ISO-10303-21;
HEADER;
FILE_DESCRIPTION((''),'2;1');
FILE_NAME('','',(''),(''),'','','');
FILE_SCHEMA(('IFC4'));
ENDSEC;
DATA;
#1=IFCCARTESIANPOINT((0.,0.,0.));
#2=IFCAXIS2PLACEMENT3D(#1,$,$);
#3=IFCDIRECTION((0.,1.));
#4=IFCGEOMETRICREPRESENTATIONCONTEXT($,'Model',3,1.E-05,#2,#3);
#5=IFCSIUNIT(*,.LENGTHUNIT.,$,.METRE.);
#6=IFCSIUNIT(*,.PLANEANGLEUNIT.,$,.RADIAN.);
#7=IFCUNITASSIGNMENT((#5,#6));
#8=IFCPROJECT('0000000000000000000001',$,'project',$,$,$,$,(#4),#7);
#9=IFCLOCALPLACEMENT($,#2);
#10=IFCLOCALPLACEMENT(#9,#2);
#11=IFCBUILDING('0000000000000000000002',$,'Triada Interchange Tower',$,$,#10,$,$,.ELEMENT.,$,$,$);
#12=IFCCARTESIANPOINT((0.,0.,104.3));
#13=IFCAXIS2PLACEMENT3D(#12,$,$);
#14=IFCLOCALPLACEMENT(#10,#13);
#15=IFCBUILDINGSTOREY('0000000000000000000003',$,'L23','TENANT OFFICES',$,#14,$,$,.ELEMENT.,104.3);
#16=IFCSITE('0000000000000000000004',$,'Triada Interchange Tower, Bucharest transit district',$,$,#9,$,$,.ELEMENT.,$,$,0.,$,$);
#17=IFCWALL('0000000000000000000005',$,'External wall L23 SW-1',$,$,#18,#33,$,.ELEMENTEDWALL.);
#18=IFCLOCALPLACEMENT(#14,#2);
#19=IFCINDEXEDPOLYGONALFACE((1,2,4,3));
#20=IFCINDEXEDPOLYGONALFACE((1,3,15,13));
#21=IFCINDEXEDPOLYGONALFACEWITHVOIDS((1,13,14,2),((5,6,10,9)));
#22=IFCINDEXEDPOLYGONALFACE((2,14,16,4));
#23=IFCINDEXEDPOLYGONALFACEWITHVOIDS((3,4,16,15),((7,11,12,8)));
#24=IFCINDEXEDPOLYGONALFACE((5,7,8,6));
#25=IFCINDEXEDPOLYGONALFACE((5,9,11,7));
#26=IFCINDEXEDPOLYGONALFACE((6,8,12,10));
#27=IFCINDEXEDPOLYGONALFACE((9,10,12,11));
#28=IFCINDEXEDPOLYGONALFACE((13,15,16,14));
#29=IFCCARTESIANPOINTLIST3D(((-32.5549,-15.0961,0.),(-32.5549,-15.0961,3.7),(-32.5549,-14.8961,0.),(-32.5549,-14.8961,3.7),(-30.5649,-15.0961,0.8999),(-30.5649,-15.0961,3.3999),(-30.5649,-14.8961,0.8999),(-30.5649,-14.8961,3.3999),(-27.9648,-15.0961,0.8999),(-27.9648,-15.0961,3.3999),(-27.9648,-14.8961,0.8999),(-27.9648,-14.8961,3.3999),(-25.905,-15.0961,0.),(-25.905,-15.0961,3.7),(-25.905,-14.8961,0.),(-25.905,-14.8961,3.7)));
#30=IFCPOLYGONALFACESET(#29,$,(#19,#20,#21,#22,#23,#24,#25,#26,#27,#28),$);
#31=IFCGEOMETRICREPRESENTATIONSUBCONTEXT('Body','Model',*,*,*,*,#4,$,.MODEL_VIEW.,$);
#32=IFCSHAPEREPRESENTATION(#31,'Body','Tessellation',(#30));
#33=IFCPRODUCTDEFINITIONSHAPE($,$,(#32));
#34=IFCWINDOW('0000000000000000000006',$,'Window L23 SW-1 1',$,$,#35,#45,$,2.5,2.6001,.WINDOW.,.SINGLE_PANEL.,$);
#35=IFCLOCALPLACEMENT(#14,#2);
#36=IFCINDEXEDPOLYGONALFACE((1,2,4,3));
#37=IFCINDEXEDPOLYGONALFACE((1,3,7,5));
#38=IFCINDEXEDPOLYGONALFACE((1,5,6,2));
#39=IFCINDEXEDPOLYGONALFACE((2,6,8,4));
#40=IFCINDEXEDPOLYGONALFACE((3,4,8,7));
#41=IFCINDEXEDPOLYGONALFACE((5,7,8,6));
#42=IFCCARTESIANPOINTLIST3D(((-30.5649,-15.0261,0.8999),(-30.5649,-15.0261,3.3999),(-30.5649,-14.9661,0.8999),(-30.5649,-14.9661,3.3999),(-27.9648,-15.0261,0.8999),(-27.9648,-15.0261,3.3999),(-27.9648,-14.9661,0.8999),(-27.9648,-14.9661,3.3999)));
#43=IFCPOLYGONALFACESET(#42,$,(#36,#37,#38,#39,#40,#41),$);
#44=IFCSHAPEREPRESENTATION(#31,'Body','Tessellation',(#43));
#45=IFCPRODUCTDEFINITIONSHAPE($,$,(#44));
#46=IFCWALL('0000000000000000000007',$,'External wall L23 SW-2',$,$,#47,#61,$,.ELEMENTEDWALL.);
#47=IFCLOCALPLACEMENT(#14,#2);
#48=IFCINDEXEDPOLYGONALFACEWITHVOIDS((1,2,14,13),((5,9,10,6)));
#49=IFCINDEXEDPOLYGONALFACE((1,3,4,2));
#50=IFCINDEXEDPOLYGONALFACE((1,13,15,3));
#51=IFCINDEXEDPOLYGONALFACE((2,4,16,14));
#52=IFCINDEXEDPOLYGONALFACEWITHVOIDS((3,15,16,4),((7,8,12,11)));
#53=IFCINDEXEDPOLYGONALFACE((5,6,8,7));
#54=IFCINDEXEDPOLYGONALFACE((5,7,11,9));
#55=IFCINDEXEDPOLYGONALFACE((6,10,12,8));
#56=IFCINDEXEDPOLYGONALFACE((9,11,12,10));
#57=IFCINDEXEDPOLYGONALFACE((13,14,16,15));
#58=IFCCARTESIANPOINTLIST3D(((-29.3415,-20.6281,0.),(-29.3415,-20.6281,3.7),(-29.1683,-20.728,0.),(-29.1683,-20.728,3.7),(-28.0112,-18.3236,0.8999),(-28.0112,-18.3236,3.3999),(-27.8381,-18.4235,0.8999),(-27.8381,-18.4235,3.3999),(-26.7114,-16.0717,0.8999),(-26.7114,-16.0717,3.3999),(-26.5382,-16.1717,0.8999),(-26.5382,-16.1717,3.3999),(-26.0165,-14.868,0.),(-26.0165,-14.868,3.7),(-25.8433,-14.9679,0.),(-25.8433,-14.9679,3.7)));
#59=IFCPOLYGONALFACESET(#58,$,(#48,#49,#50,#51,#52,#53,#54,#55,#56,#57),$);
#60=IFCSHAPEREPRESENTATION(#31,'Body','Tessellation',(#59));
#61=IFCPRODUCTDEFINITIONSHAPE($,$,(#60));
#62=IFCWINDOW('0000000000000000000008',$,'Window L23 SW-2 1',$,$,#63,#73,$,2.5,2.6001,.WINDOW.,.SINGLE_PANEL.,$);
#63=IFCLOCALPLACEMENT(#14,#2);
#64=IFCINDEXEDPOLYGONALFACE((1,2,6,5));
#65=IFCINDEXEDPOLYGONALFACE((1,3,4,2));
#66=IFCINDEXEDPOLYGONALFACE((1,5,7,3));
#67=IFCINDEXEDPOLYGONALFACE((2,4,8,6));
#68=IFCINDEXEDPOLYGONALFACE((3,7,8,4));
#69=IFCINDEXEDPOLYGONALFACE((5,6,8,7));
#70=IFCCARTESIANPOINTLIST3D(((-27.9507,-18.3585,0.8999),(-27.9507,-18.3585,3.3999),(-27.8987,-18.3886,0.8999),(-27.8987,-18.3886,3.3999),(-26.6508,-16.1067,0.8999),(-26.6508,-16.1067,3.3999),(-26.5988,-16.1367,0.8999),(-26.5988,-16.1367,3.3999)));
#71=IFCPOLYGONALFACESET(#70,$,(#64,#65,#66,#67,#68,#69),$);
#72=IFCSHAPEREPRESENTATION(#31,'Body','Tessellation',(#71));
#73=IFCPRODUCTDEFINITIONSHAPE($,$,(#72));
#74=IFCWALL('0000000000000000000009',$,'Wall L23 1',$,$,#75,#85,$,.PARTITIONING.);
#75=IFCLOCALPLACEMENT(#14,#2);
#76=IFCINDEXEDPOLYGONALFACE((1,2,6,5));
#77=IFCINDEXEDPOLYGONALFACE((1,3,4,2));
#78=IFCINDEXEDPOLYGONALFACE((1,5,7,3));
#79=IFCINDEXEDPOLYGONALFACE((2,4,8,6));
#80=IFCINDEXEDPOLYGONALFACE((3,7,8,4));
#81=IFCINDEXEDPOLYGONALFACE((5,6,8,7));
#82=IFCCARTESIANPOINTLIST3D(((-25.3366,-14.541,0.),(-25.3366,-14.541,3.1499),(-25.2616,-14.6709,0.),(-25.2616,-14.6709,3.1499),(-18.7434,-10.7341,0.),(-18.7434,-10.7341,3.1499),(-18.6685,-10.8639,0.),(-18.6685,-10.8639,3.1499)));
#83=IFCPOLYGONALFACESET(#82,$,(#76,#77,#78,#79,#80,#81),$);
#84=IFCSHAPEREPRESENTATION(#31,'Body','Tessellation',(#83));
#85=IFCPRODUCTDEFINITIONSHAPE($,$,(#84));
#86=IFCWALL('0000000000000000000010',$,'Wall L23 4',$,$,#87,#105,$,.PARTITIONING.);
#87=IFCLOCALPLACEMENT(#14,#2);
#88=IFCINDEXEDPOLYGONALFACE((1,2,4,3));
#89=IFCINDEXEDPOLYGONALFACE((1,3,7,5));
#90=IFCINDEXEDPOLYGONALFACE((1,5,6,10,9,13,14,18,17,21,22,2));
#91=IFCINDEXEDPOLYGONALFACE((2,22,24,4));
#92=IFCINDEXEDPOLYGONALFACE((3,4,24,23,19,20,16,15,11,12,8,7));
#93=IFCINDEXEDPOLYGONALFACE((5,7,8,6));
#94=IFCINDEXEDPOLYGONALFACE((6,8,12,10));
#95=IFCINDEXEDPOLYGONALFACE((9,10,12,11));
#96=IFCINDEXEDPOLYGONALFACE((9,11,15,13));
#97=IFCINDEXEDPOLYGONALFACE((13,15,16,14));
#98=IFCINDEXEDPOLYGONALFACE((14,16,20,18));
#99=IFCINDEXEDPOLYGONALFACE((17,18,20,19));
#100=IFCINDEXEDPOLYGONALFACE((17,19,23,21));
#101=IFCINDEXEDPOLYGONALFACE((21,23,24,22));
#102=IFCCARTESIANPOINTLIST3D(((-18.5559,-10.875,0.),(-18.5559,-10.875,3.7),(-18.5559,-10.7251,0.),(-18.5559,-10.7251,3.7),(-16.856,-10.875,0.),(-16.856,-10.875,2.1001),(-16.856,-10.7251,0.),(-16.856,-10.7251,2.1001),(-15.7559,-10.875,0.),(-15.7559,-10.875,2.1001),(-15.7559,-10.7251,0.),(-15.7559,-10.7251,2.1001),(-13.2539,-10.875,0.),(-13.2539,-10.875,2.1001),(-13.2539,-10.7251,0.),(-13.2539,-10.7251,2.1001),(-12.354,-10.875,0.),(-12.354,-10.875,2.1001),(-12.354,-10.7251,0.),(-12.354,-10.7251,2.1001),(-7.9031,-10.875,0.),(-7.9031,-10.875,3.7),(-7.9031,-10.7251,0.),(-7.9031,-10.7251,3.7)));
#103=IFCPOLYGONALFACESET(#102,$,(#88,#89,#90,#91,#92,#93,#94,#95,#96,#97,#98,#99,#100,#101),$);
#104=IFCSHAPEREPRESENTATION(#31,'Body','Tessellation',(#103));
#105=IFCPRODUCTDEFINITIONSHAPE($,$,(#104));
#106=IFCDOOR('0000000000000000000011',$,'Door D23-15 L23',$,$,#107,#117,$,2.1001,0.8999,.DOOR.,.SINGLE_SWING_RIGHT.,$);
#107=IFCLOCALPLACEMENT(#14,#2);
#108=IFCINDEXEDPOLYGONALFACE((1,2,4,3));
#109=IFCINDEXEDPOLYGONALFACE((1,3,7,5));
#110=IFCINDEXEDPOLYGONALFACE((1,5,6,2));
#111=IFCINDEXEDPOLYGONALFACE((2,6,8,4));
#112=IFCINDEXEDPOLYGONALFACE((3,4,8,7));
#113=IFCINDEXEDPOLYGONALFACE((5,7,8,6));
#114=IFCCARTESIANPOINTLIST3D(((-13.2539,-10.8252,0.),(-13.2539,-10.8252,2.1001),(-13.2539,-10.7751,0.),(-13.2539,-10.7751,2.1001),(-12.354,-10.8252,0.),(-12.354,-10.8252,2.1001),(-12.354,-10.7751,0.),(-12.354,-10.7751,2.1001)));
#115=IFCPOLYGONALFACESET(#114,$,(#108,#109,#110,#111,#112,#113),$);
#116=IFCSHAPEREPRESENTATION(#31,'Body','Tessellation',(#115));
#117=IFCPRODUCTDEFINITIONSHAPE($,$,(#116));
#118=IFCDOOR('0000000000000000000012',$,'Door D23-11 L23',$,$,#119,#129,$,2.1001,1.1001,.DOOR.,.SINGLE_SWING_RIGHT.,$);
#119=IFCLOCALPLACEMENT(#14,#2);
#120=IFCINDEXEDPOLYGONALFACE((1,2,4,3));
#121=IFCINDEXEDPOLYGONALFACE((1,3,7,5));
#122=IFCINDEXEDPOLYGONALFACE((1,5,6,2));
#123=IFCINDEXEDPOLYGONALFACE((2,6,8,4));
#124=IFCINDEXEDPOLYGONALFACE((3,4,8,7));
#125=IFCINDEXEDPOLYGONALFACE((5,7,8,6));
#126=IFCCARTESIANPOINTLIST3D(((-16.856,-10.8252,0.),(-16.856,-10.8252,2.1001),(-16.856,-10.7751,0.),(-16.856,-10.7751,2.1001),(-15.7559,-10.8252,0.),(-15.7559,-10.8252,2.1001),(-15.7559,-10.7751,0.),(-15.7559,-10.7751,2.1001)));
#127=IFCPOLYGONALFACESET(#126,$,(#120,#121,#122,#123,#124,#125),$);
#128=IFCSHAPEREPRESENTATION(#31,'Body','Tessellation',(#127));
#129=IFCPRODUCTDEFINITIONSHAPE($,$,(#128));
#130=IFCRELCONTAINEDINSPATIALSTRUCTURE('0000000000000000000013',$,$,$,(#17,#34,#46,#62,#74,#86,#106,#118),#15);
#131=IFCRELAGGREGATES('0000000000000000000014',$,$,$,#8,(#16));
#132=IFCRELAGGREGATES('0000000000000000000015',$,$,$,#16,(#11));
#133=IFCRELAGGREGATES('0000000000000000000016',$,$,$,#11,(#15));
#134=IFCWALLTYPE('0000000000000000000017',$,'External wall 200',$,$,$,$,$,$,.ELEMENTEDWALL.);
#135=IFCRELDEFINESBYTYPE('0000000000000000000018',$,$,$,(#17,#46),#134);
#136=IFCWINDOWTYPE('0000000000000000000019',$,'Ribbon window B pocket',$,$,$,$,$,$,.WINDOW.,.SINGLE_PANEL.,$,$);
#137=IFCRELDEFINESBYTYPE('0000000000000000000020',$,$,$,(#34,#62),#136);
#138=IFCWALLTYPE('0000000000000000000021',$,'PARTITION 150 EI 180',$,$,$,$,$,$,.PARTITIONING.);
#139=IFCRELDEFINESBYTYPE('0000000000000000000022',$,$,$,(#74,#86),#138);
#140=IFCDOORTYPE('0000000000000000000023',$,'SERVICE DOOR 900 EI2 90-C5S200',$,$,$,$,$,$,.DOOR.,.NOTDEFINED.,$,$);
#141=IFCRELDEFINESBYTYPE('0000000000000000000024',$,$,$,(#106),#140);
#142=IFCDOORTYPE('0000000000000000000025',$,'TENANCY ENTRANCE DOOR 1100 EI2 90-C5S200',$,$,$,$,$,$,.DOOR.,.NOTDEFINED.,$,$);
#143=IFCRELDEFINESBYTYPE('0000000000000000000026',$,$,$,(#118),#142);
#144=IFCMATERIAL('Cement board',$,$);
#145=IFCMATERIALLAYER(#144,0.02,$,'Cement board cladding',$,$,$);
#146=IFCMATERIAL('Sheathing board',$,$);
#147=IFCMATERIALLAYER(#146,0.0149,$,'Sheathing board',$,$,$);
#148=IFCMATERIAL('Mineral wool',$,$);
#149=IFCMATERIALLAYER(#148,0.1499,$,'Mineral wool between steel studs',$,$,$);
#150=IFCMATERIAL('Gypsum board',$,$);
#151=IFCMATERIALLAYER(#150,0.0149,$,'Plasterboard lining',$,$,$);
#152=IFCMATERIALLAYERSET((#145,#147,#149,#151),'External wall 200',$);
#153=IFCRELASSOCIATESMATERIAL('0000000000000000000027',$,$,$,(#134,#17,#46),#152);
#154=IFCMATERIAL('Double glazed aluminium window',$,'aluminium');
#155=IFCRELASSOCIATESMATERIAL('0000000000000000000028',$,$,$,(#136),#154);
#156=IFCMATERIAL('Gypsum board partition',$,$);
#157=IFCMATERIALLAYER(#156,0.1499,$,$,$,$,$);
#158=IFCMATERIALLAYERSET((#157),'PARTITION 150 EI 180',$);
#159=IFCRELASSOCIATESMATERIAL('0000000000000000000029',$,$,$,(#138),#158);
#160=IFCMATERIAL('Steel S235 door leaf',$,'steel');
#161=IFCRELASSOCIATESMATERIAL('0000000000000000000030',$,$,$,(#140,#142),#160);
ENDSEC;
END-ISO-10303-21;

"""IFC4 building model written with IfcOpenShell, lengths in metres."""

from ifc_helpers import new_model, si_unit, direction, frame, frame_2d, origin, place, context, subcontext, project, spatial, rectangle, extrude, material, layer, layer_set, layer_usage, type_object, element, fill, save


model = new_model("IFC4")

# Units and contexts
model_context = context("Model", 3, precision=1e-05, world=origin(), true_north=direction((0.0, 1.0)))
body_context = subcontext(model_context, "Body", "Model", "MODEL_VIEW")
ifc_project = project(units=[si_unit("LENGTHUNIT", "METRE"), si_unit("PLANEANGLEUNIT", "RADIAN")], contexts=[model_context])

# Site, building, storey
site_placement = place(None, origin())
site = spatial("IfcSite", under=ifc_project, at=site_placement, Name="Triada Interchange Tower, Bucharest transit district", CompositionType="ELEMENT", RefElevation=0.0)
building_placement = place(site_placement, origin())
building = spatial("IfcBuilding", under=site, at=building_placement, Name="Triada Interchange Tower", CompositionType="ELEMENT")
storey_placement = place(building_placement, frame((0.0, 0.0, 104.3)))
storey = spatial("IfcBuildingStorey", under=building, at=storey_placement, Name="L23", Description="TENANT OFFICES", CompositionType="ELEMENT", Elevation=104.3)

# Walls, openings, windows
ifc_material_1 = material(Name="Cement board")
ifc_layer_1 = layer(ifc_material_1, 0.02, Name="Cement board cladding")
ifc_material_2 = material(Name="Sheathing board")
ifc_layer_2 = layer(ifc_material_2, 0.0149, Name="Sheathing board")
ifc_material_3 = material(Name="Mineral wool")
ifc_layer_3 = layer(ifc_material_3, 0.1499, Name="Mineral wool between steel studs")
ifc_material_4 = material(Name="Gypsum board")
ifc_layer_4 = layer(ifc_material_4, 0.0149, Name="Plasterboard lining")
ifc_layer_set_1 = layer_set([ifc_layer_1, ifc_layer_2, ifc_layer_3, ifc_layer_4], Name="External wall 200")
ifc_layer_usage = layer_usage(ifc_layer_set_1, "AXIS2", "POSITIVE", -0.1001)
wall_type_1 = type_object("IfcWallType", Name="External wall 200", PredefinedType="ELEMENTEDWALL", material=ifc_layer_set_1)
wall_1_placement = place(storey_placement, frame((-32.5549, -14.9961, 0.0), z_axis=(0.0, 0.0, 1.0), x_axis=(1.0, 0.0, 0.0)))
wall_1 = element("IfcWall", 1, at=wall_1_placement, inside=storey, type_object=wall_type_1, material=ifc_layer_usage, Name="External wall L23 SW-1", PredefinedType="ELEMENTEDWALL", context=body_context, shape_type="SweptSolid", body=[
    extrude(rectangle(XDim=6.6499, YDim=0.2, at=frame_2d((3.325, 0.0))), origin(), (0.0, 0.0, 1.0), 3.7),
])
opening_1_placement = place(wall_1_placement, frame((1.99, 0.0, 0.8999)))
opening_1 = element("IfcOpeningElement", 2, at=opening_1_placement, cuts=wall_1, PredefinedType="OPENING", context=body_context, shape_type="SweptSolid", body=[
    extrude(rectangle(XDim=2.6001, YDim=2.5, at=frame_2d((1.3, 1.25))), frame((0.0, 0.1099, 0.0), z_axis=(0.0, -1.0, 0.0), x_axis=(1.0, 0.0, 0.0)), (0.0, 0.0, 1.0), 0.22),
])
ifc_material_5 = material(Name="Double glazed aluminium window", Category="aluminium")
window_type = type_object("IfcWindowType", Name="Ribbon window B pocket", PartitioningType="SINGLE_PANEL", PredefinedType="WINDOW", material=ifc_material_5)
window_1_placement = place(opening_1_placement, origin())
window_1 = element("IfcWindow", 3, at=window_1_placement, inside=storey, type_object=window_type, Name="Window L23 SW-1 1", OverallHeight=2.5, OverallWidth=2.6001, PartitioningType="SINGLE_PANEL", PredefinedType="WINDOW", context=body_context, shape_type="SweptSolid", body=[
    extrude(rectangle(XDim=2.6001, YDim=2.5, at=frame_2d((1.3, 1.25))), frame((0.0, 0.03, 0.0), z_axis=(0.0, -1.0, 0.0), x_axis=(1.0, 0.0, 0.0)), (0.0, 0.0, 1.0), 0.0601),
])
fill(opening_1, window_1)
wall_2_placement = place(storey_placement, frame((-25.9299, -14.918, 0.0), z_axis=(0.0, 0.0, 1.0), x_axis=(-0.499933, -0.866064, 0.0)))
wall_2 = element("IfcWall", 4, at=wall_2_placement, inside=storey, type_object=wall_type_1, material=ifc_layer_usage, Name="External wall L23 SW-2", PredefinedType="ELEMENTEDWALL", context=body_context, shape_type="SweptSolid", body=[
    extrude(rectangle(XDim=6.6509, YDim=0.2, at=frame_2d((3.3254, 0.0))), origin(), (0.0, 0.0, 1.0), 3.7),
])
opening_2_placement = place(wall_2_placement, frame((1.3899, 0.0, 0.8999)))
opening_2 = element("IfcOpeningElement", 5, at=opening_2_placement, cuts=wall_2, PredefinedType="OPENING", context=body_context, shape_type="SweptSolid", body=[
    extrude(rectangle(XDim=2.6001, YDim=2.5, at=frame_2d((1.3, 1.25))), frame((0.0, 0.1099, 0.0), z_axis=(0.0, -1.0, 0.0), x_axis=(1.0, 0.0, 0.0)), (0.0, 0.0, 1.0), 0.22),
])
window_2_placement = place(opening_2_placement, origin())
window_2 = element("IfcWindow", 6, at=window_2_placement, inside=storey, type_object=window_type, Name="Window L23 SW-2 1", OverallHeight=2.5, OverallWidth=2.6001, PartitioningType="SINGLE_PANEL", PredefinedType="WINDOW", context=body_context, shape_type="SweptSolid", body=[
    extrude(rectangle(XDim=2.6001, YDim=2.5, at=frame_2d((1.3, 1.25))), frame((0.0, 0.03, 0.0), z_axis=(0.0, -1.0, 0.0), x_axis=(1.0, 0.0, 0.0)), (0.0, 0.0, 1.0), 0.0601),
])
fill(opening_2, window_2)

# Wall
ifc_material_6 = material(Name="Gypsum board partition")
ifc_layer_5 = layer(ifc_material_6, 0.1499)
ifc_layer_set_2 = layer_set([ifc_layer_5], Name="PARTITION 150 EI 180")
wall_type_2 = type_object("IfcWallType", Name="PARTITION 150 EI 180", PredefinedType="PARTITIONING", material=ifc_layer_set_2)
wall_3_placement = place(storey_placement, frame((-25.2991, -14.606, 0.0), z_axis=(0.0, 0.0, 1.0), x_axis=(0.866002, 0.50004, 0.0)))
element("IfcWall", 7, at=wall_3_placement, inside=storey, type_object=wall_type_2, Name="Wall L23 1", PredefinedType="PARTITIONING", context=body_context, shape_type="SweptSolid", body=[
    extrude(rectangle(XDim=7.6133, YDim=0.1499, at=frame_2d((3.8066, 0.0))), origin(), (0.0, 0.0, 1.0), 3.1499),
])

# Wall, openings, doors
wall_4_placement = place(storey_placement, frame((-18.5559, -10.8, 0.0), z_axis=(0.0, 0.0, 1.0), x_axis=(1.0, 0.0, 0.0)))
wall_4 = element("IfcWall", 8, at=wall_4_placement, inside=storey, type_object=wall_type_2, Name="Wall L23 4", PredefinedType="PARTITIONING", context=body_context, shape_type="SweptSolid", body=[
    extrude(rectangle(XDim=10.6528, YDim=0.1499, at=frame_2d((5.3264, 0.0))), origin(), (0.0, 0.0, 1.0), 3.7),
])
opening_3_placement = place(wall_4_placement, frame((1.7, 0.0, 0.0)))
opening_3 = element("IfcOpeningElement", 9, at=opening_3_placement, cuts=wall_4, PredefinedType="OPENING", context=body_context, shape_type="SweptSolid", body=[
    extrude(rectangle(XDim=1.1001, YDim=2.1001, at=frame_2d((0.55, 1.05))), frame((0.0, 0.085, 0.0), z_axis=(0.0, -1.0, 0.0), x_axis=(1.0, 0.0, 0.0)), (0.0, 0.0, 1.0), 0.1699),
])
opening_4_placement = place(wall_4_placement, frame((5.302, 0.0, 0.0)))
opening_4 = element("IfcOpeningElement", 10, at=opening_4_placement, cuts=wall_4, PredefinedType="OPENING", context=body_context, shape_type="SweptSolid", body=[
    extrude(rectangle(XDim=0.8999, YDim=2.1001, at=frame_2d((0.45, 1.05))), frame((0.0, 0.085, 0.0), z_axis=(0.0, -1.0, 0.0), x_axis=(1.0, 0.0, 0.0)), (0.0, 0.0, 1.0), 0.1699),
])
ifc_material_7 = material(Name="Steel S235 door leaf", Category="steel")
door_type_1 = type_object("IfcDoorType", Name="SERVICE DOOR 900 EI2 90-C5S200", OperationType="NOTDEFINED", PredefinedType="DOOR", material=ifc_material_7)
door_1_placement = place(opening_4_placement, origin())
door_1 = element("IfcDoor", 11, at=door_1_placement, inside=storey, type_object=door_type_1, Name="Door D23-15 L23", OperationType="SINGLE_SWING_RIGHT", OverallHeight=2.1001, OverallWidth=0.8999, PredefinedType="DOOR", context=body_context, shape_type="SweptSolid", body=[
    extrude(rectangle(XDim=0.8999, YDim=2.1001, at=frame_2d((0.45, 1.05))), frame((0.0, 0.0249, 0.0), z_axis=(0.0, -1.0, 0.0), x_axis=(1.0, 0.0, 0.0)), (0.0, 0.0, 1.0), 0.05),
])
fill(opening_4, door_1)
door_type_2 = type_object("IfcDoorType", Name="TENANCY ENTRANCE DOOR 1100 EI2 90-C5S200", OperationType="NOTDEFINED", PredefinedType="DOOR", material=ifc_material_7)
door_2_placement = place(opening_3_placement, origin())
door_2 = element("IfcDoor", 12, at=door_2_placement, inside=storey, type_object=door_type_2, Name="Door D23-11 L23", OperationType="SINGLE_SWING_RIGHT", OverallHeight=2.1001, OverallWidth=1.1001, PredefinedType="DOOR", context=body_context, shape_type="SweptSolid", body=[
    extrude(rectangle(XDim=1.1001, YDim=2.1001, at=frame_2d((0.55, 1.05))), frame((0.0, 0.0249, 0.0), z_axis=(0.0, -1.0, 0.0), x_axis=(1.0, 0.0, 0.0)), (0.0, 0.0, 1.0), 0.05),
])
fill(opening_3, door_2)

save(model, "model.ifc")
